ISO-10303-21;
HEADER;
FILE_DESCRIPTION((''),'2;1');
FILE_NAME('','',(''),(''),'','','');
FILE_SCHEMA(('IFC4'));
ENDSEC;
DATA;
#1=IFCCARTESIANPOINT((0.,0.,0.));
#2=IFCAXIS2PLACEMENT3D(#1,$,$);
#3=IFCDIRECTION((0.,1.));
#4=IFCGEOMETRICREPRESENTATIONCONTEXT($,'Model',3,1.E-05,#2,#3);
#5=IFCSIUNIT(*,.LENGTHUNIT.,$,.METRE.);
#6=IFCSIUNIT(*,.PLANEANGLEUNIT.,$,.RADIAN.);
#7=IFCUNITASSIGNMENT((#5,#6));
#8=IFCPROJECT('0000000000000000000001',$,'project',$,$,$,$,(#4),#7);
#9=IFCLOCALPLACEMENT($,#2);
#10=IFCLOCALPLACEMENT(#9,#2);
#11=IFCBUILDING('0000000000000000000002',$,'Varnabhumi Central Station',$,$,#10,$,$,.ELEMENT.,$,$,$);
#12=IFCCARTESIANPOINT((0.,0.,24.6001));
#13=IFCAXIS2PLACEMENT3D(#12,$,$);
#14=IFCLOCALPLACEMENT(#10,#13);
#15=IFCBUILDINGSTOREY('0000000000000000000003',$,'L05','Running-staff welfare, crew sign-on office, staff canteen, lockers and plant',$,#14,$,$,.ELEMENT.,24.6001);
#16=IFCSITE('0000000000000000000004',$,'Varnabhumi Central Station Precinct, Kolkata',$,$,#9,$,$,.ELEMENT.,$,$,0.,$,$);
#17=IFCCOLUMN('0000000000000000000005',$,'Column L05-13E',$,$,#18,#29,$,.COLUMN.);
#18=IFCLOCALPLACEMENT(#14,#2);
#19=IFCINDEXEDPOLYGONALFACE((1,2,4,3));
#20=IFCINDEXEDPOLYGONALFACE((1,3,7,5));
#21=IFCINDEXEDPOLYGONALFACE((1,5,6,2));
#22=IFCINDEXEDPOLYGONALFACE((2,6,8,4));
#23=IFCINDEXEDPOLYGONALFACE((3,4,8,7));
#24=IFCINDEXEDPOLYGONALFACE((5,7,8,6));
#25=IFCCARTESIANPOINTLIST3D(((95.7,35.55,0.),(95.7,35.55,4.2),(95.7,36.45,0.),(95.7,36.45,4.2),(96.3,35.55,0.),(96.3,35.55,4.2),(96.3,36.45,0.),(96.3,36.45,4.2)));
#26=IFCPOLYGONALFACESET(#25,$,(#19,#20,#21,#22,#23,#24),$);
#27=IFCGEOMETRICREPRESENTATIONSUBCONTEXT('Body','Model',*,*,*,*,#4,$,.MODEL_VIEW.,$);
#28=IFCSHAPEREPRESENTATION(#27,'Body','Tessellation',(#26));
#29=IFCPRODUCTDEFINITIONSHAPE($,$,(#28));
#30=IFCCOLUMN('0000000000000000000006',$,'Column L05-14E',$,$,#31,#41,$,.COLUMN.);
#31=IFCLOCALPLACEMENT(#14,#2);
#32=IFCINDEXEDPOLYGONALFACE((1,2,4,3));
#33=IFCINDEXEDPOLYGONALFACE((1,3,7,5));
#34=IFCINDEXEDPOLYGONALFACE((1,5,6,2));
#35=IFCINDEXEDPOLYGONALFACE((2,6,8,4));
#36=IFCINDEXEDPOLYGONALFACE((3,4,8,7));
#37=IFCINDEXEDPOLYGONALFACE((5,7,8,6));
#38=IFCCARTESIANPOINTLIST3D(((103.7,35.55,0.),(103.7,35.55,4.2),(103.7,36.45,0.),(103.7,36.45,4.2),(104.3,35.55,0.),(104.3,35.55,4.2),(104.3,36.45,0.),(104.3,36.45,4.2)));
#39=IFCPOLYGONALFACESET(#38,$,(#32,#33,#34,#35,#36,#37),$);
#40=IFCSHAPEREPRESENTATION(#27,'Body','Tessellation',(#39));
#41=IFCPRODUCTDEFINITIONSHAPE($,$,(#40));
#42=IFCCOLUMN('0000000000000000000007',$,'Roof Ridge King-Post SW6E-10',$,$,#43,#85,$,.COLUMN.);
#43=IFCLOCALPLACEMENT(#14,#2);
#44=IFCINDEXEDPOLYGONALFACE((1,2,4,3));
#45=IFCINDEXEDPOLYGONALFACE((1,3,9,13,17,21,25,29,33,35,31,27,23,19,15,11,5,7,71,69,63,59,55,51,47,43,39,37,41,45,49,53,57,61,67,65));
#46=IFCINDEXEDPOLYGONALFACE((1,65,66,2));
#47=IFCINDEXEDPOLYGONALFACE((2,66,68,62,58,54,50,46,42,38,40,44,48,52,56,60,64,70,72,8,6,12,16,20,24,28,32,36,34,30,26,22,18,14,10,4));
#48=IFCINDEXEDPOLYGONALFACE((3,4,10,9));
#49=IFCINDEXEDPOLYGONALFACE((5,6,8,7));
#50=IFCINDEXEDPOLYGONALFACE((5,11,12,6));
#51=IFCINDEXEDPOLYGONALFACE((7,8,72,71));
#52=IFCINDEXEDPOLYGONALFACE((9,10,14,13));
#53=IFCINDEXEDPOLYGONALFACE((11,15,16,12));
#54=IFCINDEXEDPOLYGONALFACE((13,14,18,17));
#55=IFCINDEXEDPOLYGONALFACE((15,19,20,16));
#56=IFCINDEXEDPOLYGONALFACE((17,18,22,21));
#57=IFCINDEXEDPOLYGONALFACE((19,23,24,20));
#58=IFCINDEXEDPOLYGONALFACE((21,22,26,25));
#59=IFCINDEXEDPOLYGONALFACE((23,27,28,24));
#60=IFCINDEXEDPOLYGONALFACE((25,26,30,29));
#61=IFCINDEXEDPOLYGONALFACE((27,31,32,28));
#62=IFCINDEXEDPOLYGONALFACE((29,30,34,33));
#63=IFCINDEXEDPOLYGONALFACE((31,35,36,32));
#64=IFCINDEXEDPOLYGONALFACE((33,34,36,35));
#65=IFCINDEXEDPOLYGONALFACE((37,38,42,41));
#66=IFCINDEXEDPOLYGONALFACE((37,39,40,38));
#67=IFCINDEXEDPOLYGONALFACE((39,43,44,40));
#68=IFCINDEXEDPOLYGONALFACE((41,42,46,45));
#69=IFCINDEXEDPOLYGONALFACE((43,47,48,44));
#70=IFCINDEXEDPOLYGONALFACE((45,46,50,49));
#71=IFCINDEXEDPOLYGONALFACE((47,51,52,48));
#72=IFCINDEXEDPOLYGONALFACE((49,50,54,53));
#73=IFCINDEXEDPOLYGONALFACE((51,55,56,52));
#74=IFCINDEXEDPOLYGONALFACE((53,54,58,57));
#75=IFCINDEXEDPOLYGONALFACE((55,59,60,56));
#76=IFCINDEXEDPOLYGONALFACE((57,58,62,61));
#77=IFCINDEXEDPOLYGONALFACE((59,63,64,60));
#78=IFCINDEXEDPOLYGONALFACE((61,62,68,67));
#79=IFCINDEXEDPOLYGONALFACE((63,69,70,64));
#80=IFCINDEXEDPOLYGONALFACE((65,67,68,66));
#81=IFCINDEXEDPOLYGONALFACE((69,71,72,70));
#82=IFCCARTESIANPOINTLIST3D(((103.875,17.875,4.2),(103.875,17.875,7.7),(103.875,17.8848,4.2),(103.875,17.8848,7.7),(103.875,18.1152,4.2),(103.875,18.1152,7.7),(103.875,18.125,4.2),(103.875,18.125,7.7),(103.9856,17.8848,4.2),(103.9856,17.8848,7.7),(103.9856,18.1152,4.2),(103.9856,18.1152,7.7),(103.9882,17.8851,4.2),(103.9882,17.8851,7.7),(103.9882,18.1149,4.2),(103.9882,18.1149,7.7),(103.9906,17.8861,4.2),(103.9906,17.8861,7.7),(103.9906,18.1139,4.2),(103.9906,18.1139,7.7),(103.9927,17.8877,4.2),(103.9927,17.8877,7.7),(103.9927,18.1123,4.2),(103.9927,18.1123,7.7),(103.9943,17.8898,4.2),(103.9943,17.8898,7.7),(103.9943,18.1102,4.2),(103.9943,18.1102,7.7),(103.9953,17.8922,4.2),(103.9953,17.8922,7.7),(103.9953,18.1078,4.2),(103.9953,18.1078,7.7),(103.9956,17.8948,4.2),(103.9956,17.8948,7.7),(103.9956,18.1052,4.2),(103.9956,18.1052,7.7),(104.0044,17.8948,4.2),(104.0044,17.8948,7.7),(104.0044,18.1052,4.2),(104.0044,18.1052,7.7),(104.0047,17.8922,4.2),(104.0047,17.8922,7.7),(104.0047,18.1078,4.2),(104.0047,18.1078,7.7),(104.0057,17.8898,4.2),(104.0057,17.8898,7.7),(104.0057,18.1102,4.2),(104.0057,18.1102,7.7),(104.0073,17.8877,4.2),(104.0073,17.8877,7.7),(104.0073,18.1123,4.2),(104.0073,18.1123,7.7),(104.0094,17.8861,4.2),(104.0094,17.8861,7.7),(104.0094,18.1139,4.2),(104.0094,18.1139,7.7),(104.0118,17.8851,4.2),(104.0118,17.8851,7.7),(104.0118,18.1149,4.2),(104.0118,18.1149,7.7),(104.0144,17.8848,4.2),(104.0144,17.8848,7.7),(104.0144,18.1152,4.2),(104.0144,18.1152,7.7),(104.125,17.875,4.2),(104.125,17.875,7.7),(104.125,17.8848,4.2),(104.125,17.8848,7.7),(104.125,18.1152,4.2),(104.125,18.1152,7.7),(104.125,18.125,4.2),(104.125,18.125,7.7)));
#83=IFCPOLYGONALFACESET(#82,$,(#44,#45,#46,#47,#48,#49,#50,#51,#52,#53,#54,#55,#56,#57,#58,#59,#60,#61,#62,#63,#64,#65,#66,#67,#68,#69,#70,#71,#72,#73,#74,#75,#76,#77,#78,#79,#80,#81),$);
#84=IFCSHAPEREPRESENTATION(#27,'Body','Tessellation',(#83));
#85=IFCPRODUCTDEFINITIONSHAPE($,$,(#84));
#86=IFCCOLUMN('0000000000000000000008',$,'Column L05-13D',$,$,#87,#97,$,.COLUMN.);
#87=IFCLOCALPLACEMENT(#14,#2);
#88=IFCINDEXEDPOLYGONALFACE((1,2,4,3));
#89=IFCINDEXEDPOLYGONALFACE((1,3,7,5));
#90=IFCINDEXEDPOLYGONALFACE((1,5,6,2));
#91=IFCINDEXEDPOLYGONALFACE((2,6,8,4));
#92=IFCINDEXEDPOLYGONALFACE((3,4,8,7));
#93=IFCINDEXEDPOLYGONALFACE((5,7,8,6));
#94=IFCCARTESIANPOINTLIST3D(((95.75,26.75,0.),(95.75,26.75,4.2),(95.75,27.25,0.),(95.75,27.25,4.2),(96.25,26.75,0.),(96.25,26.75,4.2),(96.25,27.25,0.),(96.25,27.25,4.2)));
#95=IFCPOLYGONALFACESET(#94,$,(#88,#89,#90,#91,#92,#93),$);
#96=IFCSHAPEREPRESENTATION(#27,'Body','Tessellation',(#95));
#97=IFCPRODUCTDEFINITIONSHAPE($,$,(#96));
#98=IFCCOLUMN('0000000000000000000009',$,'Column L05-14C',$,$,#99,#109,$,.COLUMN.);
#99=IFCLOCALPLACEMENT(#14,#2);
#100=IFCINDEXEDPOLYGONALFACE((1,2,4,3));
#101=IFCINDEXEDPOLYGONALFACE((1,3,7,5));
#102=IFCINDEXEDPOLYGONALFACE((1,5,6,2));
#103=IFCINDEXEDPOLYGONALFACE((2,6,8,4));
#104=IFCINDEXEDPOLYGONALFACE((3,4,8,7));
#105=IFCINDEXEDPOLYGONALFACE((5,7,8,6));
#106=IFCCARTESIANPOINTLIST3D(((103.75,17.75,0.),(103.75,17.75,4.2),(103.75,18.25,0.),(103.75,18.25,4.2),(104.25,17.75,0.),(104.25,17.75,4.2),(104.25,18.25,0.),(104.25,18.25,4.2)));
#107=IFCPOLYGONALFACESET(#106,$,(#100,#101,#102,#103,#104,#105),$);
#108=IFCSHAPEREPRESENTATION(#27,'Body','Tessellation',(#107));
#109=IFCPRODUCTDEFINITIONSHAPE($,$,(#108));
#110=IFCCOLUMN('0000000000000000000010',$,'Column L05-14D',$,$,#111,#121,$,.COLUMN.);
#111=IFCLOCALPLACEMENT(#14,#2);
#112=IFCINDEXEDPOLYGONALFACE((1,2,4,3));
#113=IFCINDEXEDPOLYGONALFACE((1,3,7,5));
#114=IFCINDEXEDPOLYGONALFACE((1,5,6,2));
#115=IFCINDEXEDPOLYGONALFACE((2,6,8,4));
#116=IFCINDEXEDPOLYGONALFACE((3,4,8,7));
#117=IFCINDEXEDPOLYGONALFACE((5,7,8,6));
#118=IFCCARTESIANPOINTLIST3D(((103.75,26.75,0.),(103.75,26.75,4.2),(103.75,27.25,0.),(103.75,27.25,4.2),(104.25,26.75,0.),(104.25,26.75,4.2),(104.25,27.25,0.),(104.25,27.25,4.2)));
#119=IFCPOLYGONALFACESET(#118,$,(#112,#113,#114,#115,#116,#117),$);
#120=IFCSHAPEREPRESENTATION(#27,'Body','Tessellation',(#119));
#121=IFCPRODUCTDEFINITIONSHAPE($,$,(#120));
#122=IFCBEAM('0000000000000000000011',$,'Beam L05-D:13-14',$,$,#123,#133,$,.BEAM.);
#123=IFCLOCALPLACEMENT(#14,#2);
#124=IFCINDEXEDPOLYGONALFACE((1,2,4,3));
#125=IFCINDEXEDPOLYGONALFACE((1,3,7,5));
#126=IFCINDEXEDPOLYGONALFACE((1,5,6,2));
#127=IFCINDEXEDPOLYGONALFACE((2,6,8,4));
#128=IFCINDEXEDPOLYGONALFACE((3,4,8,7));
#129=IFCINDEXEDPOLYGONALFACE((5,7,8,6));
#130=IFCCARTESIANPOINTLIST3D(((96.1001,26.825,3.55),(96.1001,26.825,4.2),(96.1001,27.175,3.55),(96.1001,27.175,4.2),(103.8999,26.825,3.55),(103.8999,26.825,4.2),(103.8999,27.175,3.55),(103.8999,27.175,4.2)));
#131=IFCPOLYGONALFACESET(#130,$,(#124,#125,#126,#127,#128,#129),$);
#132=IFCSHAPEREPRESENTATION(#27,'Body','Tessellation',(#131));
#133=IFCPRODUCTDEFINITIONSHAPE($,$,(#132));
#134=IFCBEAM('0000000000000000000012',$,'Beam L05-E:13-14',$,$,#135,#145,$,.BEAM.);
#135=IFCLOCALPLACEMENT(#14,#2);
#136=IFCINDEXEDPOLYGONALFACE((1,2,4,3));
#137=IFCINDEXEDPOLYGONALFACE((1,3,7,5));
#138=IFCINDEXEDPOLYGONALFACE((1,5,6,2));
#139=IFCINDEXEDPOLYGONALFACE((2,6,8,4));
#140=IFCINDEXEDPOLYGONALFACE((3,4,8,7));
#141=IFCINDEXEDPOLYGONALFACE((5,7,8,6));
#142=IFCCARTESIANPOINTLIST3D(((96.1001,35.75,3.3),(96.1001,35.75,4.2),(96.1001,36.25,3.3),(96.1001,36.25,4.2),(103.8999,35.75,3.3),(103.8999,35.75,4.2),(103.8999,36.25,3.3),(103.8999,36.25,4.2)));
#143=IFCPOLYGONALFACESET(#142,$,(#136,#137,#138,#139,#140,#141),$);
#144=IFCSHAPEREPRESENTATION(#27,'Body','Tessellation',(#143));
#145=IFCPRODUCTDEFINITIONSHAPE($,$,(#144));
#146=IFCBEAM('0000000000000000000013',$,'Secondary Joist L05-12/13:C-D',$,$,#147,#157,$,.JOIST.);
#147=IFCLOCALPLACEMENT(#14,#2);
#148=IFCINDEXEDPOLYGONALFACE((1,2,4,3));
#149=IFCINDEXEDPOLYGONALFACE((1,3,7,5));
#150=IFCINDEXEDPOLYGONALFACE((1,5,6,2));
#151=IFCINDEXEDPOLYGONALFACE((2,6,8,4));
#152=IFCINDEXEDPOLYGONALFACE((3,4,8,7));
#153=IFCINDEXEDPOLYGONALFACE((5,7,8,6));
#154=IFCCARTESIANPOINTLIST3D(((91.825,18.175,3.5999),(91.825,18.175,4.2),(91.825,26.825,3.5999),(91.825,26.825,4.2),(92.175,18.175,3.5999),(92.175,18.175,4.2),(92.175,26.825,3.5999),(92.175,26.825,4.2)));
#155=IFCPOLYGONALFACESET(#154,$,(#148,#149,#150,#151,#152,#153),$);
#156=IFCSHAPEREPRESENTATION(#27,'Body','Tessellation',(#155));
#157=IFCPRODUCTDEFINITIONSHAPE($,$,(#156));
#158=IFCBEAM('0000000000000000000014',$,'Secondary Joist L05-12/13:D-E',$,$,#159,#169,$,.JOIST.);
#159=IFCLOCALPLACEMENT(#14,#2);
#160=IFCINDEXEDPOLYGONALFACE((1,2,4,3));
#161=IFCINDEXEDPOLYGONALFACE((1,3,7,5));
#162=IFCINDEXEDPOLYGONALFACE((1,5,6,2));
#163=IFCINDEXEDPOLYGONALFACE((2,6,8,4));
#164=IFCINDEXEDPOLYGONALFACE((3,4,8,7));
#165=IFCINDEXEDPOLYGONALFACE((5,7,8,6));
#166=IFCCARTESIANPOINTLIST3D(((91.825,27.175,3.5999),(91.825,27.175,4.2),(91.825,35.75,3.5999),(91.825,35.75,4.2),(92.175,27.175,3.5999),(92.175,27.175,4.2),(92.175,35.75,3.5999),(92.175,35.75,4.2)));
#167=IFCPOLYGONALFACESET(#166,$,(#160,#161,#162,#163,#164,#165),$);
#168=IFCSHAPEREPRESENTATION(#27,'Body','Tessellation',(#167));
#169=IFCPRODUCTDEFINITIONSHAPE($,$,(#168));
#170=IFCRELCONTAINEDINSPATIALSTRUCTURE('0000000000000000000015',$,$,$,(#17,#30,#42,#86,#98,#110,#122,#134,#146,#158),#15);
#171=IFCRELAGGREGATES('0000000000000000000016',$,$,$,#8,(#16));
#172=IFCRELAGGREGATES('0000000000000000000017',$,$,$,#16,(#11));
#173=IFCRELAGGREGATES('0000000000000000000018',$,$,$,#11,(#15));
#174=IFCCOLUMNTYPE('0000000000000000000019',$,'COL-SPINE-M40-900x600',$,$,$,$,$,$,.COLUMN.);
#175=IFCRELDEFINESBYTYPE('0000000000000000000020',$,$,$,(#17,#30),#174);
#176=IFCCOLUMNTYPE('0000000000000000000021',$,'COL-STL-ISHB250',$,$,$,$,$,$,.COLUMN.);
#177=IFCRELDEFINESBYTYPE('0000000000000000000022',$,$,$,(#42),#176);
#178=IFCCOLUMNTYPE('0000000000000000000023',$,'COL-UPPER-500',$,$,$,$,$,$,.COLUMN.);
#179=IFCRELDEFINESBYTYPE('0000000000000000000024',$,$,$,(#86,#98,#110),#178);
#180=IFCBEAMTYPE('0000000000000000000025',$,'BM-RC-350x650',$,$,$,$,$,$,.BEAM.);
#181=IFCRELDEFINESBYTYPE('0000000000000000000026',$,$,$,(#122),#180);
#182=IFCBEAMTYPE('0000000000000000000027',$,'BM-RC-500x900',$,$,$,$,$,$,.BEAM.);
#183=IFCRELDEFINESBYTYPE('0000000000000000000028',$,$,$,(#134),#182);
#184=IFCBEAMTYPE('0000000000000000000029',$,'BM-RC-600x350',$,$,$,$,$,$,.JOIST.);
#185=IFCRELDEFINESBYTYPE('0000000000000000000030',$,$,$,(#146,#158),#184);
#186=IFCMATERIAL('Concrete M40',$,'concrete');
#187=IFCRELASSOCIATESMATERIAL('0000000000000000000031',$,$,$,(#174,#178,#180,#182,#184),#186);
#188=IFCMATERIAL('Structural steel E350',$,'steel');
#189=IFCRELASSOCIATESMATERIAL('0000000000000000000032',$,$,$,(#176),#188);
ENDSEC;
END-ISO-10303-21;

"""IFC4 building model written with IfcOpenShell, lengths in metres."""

from ifc_helpers import new_model, si_unit, direction, frame, origin, origin_2d, place, context, subcontext, project, spatial, rectangle, i_section, extrude, material, material_profile, profile_set, type_object, element, save


model = new_model("IFC4")

# Units and contexts
model_context = context("Model", 3, precision=1e-05, world=origin(), true_north=direction((0.0, 1.0)))
body_context = subcontext(model_context, "Body", "Model", "MODEL_VIEW")
ifc_project = project(units=[si_unit("LENGTHUNIT", "METRE"), si_unit("PLANEANGLEUNIT", "RADIAN")], contexts=[model_context])

# Site, building, storey
site_placement = place(None, origin())
site = spatial("IfcSite", under=ifc_project, at=site_placement, Name="Varnabhumi Central Station Precinct, Kolkata", CompositionType="ELEMENT", RefElevation=0.0)
building_placement = place(site_placement, origin())
building = spatial("IfcBuilding", under=site, at=building_placement, Name="Varnabhumi Central Station", CompositionType="ELEMENT")
storey_placement = place(building_placement, frame((0.0, 0.0, 24.6001)))
storey = spatial("IfcBuildingStorey", under=building, at=storey_placement, Name="L05", Description="Running-staff welfare, crew sign-on office, staff canteen, lockers and plant", CompositionType="ELEMENT", Elevation=24.6001)

# Columns
ifc_material_1 = material(Name="Concrete M40", Category="concrete")
ifc_material_profile_1 = material_profile(ifc_material_1, rectangle(XDim=0.6001, YDim=0.8999, at=origin_2d()), Name="Concrete M40", Category="concrete")
ifc_profile_set_1 = profile_set([ifc_material_profile_1], Name="Concrete M40")
column_type_1 = type_object("IfcColumnType", Name="COL-SPINE-M40-900x600", PredefinedType="COLUMN", material=ifc_profile_set_1)
for number, where, z_axis, x_axis, name in (
    (1, (96.0, 36.0, 0.0), (0.0, 0.0, 1.0), (1.0, 0.0, 0.0), "Column L05-13E"),
    (2, (104.0, 36.0, 0.0), (0.0, 0.0, 1.0), (1.0, 0.0, 0.0), "Column L05-14E"),
):
    element("IfcColumn", number, at=place(storey_placement, frame(where, z_axis=z_axis, x_axis=x_axis)), inside=storey, type_object=column_type_1, Name=name, PredefinedType="COLUMN", context=body_context, shape_type="SweptSolid", body=[
        extrude(rectangle(XDim=0.6001, YDim=0.8999, at=origin_2d()), origin(), (0.0, 0.0, 1.0), 4.2),
    ])
ifc_material_2 = material(Name="Structural steel E350", Category="steel")
ifc_material_profile_2 = material_profile(ifc_material_2, i_section(OverallWidth=0.25, OverallDepth=0.25, WebThickness=0.0088, FlangeThickness=0.0098, FilletRadius=0.01, at=origin_2d()), Name="Structural steel E350", Category="steel")
ifc_profile_set_2 = profile_set([ifc_material_profile_2], Name="Structural steel E350")
column_type_2 = type_object("IfcColumnType", Name="COL-STL-ISHB250", PredefinedType="COLUMN", material=ifc_profile_set_2)
column_placement = place(storey_placement, frame((104.0, 18.0, 4.2), z_axis=(0.0, 0.0, 1.0), x_axis=(1.0, 0.0, 0.0)))
element("IfcColumn", 3, at=column_placement, inside=storey, type_object=column_type_2, Name="Roof Ridge King-Post SW6E-10", PredefinedType="COLUMN", context=body_context, shape_type="SweptSolid", body=[
    extrude(i_section(OverallWidth=0.25, OverallDepth=0.25, WebThickness=0.0088, FlangeThickness=0.0098, FilletRadius=0.01, at=origin_2d()), origin(), (0.0, 0.0, 1.0), 3.5),
])
ifc_material_profile_3 = material_profile(ifc_material_1, rectangle(XDim=0.5, YDim=0.5, at=origin_2d()), Name="Concrete M40", Category="concrete")
ifc_profile_set_3 = profile_set([ifc_material_profile_3], Name="Concrete M40")
column_type_3 = type_object("IfcColumnType", Name="COL-UPPER-500", PredefinedType="COLUMN", material=ifc_profile_set_3)
for number, where, z_axis, x_axis, name in (
    (4, (96.0, 27.0, 0.0), (0.0, 0.0, 1.0), (1.0, 0.0, 0.0), "Column L05-13D"),
    (5, (104.0, 18.0, 0.0), (0.0, 0.0, 1.0), (1.0, 0.0, 0.0), "Column L05-14C"),
    (6, (104.0, 27.0, 0.0), (0.0, 0.0, 1.0), (1.0, 0.0, 0.0), "Column L05-14D"),
):
    element("IfcColumn", number, at=place(storey_placement, frame(where, z_axis=z_axis, x_axis=x_axis)), inside=storey, type_object=column_type_3, Name=name, PredefinedType="COLUMN", context=body_context, shape_type="SweptSolid", body=[
        extrude(rectangle(XDim=0.5, YDim=0.5, at=origin_2d()), origin(), (0.0, 0.0, 1.0), 4.2),
    ])

# Beams
ifc_material_profile_4 = material_profile(ifc_material_1, rectangle(XDim=0.3501, YDim=0.6499, at=origin_2d()), Name="Concrete M40", Category="concrete")
ifc_profile_set_4 = profile_set([ifc_material_profile_4], Name="Concrete M40")
beam_type_1 = type_object("IfcBeamType", Name="BM-RC-350x650", PredefinedType="BEAM", material=ifc_profile_set_4)
beam_1_placement = place(storey_placement, frame((96.1001, 27.0, 3.875), z_axis=(1.0, 0.0, 0.0), x_axis=(0.0, 1.0, 0.0)))
element("IfcBeam", 7, at=beam_1_placement, inside=storey, type_object=beam_type_1, Name="Beam L05-D:13-14", PredefinedType="BEAM", context=body_context, shape_type="SweptSolid", body=[
    extrude(rectangle(XDim=0.3501, YDim=0.6499, at=origin_2d()), origin(), (0.0, 0.0, 1.0), 7.7998),
])
ifc_material_profile_5 = material_profile(ifc_material_1, rectangle(XDim=0.5, YDim=0.8999, at=origin_2d()), Name="Concrete M40", Category="concrete")
ifc_profile_set_5 = profile_set([ifc_material_profile_5], Name="Concrete M40")
beam_type_2 = type_object("IfcBeamType", Name="BM-RC-500x900", PredefinedType="BEAM", material=ifc_profile_set_5)
beam_2_placement = place(storey_placement, frame((96.1001, 36.0, 3.75), z_axis=(1.0, 0.0, 0.0), x_axis=(0.0, 1.0, 0.0)))
element("IfcBeam", 8, at=beam_2_placement, inside=storey, type_object=beam_type_2, Name="Beam L05-E:13-14", PredefinedType="BEAM", context=body_context, shape_type="SweptSolid", body=[
    extrude(rectangle(XDim=0.5, YDim=0.8999, at=origin_2d()), origin(), (0.0, 0.0, 1.0), 7.7998),
])
ifc_material_profile_6 = material_profile(ifc_material_1, rectangle(XDim=0.3501, YDim=0.6001, at=origin_2d()), Name="Concrete M40", Category="concrete")
ifc_profile_set_6 = profile_set([ifc_material_profile_6], Name="Concrete M40")
beam_type_3 = type_object("IfcBeamType", Name="BM-RC-600x350", PredefinedType="JOIST", material=ifc_profile_set_6)
beam_3_placement = place(storey_placement, frame((92.0, 18.175, 3.8999), z_axis=(0.0, 1.0, 0.0), x_axis=(-1.0, 0.0, 0.0)))
element("IfcBeam", 9, at=beam_3_placement, inside=storey, type_object=beam_type_3, Name="Secondary Joist L05-12/13:C-D", PredefinedType="JOIST", context=body_context, shape_type="SweptSolid", body=[
    extrude(rectangle(XDim=0.3501, YDim=0.6001, at=origin_2d()), origin(), (0.0, 0.0, 1.0), 8.6499),
])
beam_4_placement = place(storey_placement, frame((92.0, 27.175, 3.8999), z_axis=(0.0, 1.0, 0.0), x_axis=(-1.0, 0.0, 0.0)))
element("IfcBeam", 10, at=beam_4_placement, inside=storey, type_object=beam_type_3, Name="Secondary Joist L05-12/13:D-E", PredefinedType="JOIST", context=body_context, shape_type="SweptSolid", body=[
    extrude(rectangle(XDim=0.3501, YDim=0.6001, at=origin_2d()), origin(), (0.0, 0.0, 1.0), 8.575),
])

save(model, "model.ifc")
